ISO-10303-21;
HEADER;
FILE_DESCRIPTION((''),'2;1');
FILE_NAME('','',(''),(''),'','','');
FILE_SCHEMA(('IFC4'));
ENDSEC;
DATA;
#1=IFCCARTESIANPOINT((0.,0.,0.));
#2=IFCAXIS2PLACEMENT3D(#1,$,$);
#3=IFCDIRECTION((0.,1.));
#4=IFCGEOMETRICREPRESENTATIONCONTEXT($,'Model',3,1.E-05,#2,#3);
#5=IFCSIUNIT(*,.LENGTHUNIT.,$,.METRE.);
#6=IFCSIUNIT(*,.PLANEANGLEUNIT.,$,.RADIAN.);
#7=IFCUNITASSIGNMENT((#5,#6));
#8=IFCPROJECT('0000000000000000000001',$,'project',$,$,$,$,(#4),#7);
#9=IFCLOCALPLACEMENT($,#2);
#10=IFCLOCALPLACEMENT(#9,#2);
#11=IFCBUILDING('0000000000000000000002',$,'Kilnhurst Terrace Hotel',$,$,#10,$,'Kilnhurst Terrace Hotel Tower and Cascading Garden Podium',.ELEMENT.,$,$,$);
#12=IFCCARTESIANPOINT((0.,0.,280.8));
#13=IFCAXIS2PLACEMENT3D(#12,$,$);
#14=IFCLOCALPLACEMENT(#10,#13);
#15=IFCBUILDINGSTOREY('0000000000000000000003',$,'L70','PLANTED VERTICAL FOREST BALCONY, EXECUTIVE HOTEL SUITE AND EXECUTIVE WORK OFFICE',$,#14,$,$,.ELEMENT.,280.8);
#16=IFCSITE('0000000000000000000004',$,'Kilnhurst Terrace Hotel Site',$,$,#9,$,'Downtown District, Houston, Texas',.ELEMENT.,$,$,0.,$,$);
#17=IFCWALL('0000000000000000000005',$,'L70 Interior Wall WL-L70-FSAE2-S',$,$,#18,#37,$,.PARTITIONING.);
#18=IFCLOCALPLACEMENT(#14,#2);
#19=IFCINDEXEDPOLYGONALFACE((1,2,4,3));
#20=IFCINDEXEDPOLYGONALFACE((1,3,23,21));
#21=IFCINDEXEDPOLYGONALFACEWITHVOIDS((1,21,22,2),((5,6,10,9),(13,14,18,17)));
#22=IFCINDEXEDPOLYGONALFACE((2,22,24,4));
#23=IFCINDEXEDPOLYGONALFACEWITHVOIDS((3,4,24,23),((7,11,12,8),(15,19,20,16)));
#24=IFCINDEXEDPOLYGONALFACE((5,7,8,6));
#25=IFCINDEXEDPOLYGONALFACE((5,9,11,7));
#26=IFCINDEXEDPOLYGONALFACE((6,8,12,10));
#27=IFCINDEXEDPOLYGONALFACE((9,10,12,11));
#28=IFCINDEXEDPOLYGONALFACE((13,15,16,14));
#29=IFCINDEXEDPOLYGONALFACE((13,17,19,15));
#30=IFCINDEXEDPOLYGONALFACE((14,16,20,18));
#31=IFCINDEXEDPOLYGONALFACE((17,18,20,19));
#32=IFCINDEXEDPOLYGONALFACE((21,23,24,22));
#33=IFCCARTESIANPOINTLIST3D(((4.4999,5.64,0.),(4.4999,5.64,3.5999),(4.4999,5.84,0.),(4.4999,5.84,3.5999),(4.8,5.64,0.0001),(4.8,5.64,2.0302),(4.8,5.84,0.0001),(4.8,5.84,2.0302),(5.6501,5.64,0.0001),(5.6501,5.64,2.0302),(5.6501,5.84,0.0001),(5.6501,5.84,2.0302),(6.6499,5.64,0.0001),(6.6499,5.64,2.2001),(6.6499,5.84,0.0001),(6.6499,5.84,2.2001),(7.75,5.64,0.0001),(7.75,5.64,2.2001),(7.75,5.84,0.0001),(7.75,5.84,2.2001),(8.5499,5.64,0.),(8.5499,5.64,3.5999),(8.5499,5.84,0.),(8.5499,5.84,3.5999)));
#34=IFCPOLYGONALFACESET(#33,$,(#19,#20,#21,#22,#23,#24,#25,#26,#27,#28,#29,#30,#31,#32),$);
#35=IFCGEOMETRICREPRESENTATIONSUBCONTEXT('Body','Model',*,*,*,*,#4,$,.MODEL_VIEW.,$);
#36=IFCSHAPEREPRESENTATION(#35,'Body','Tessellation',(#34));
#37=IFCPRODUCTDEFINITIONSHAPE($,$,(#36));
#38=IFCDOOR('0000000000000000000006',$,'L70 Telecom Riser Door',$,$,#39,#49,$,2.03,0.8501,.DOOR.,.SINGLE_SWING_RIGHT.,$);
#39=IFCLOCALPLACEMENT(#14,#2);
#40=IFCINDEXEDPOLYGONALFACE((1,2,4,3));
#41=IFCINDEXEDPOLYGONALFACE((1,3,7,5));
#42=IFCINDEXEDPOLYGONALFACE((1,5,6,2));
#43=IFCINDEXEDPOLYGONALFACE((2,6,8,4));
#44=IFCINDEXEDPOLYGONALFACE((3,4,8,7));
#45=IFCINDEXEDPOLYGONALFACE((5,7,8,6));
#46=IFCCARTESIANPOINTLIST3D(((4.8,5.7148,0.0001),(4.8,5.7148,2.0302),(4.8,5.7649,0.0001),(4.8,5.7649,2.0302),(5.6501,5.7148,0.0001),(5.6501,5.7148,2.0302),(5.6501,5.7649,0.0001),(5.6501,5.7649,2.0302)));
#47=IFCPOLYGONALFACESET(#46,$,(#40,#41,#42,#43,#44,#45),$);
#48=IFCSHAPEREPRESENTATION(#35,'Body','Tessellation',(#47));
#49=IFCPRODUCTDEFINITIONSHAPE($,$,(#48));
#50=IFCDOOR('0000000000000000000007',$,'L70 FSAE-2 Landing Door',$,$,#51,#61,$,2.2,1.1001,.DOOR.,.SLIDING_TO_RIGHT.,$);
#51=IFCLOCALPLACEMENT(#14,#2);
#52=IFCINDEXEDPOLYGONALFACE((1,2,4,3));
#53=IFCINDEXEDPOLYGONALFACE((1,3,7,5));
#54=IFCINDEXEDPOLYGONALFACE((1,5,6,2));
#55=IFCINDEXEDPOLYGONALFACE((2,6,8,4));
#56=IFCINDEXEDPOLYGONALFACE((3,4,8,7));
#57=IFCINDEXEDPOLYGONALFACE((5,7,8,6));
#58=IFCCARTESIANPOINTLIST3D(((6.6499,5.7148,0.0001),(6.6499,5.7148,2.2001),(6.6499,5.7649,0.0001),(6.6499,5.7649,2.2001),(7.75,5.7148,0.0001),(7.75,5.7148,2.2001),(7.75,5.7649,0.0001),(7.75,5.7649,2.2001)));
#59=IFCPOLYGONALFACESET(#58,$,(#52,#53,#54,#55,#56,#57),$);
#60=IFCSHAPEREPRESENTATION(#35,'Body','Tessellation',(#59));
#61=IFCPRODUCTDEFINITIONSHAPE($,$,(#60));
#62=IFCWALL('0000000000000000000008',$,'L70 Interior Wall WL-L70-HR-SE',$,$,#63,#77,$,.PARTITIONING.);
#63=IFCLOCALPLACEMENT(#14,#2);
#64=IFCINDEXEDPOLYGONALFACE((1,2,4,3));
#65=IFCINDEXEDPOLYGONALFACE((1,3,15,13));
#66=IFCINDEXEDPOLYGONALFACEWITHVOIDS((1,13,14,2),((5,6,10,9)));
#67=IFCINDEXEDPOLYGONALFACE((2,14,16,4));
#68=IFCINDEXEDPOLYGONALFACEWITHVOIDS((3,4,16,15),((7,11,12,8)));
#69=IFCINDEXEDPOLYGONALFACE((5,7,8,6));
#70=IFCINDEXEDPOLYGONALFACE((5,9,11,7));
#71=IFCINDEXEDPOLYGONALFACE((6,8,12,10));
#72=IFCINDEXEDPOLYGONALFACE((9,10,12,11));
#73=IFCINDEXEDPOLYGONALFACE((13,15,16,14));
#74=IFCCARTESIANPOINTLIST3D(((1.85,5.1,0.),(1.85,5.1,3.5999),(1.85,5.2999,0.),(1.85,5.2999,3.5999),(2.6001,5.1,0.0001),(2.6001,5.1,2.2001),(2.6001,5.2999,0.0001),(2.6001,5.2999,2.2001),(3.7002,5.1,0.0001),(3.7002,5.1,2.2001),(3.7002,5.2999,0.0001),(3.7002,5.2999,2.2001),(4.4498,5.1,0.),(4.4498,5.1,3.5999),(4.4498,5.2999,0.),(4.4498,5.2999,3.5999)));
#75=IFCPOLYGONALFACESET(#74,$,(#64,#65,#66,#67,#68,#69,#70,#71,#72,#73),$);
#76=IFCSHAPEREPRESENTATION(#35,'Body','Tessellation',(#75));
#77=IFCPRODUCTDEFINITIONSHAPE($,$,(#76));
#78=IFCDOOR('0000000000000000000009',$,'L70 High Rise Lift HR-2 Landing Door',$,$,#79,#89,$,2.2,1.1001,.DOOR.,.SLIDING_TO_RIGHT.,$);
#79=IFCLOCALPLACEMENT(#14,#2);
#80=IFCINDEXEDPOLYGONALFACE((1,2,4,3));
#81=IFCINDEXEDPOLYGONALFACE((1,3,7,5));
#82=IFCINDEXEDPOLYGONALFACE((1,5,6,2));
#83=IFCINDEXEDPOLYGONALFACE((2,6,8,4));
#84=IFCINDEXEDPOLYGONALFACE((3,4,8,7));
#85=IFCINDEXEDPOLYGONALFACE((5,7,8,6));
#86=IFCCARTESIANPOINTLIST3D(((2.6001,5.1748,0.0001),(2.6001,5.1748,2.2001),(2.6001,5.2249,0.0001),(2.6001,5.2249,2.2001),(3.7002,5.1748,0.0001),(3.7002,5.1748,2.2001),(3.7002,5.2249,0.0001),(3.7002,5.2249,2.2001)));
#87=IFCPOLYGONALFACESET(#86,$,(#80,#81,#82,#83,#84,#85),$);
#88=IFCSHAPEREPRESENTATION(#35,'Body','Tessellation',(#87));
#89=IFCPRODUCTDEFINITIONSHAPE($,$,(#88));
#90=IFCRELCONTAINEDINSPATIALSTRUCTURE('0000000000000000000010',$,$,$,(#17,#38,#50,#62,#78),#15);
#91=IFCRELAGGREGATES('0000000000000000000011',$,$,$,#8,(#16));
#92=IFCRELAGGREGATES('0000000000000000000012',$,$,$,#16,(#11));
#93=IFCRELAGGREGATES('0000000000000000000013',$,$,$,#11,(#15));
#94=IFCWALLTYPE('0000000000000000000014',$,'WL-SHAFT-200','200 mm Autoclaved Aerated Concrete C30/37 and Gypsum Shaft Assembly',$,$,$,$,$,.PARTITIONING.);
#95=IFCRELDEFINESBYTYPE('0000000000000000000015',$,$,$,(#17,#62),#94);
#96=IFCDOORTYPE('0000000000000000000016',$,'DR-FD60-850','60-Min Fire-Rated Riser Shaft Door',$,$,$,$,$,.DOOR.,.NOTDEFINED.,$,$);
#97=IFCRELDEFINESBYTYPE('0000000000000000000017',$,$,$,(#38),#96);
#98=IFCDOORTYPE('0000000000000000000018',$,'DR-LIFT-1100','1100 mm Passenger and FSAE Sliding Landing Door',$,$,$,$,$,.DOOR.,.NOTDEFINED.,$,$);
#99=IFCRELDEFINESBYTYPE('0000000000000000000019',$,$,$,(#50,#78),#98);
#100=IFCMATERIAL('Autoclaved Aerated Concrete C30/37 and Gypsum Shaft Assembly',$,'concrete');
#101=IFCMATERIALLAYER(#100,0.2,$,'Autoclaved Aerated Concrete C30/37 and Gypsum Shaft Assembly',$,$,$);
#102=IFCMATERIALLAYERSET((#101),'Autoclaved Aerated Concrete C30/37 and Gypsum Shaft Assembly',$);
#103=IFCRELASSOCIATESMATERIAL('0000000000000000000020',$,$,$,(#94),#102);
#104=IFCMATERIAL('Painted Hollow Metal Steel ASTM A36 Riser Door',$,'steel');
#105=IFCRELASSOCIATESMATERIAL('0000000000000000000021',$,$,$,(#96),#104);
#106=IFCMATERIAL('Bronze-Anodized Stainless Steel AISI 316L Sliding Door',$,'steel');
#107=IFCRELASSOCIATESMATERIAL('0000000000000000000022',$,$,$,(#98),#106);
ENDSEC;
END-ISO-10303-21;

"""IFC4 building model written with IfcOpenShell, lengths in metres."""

from ifc_helpers import new_model, si_unit, direction, frame, frame_2d, origin, place, context, subcontext, project, spatial, rectangle, extrude, material, layer, layer_set, type_object, element, fill, save


model = new_model("IFC4")

# Units and contexts
model_context = context("Model", 3, precision=1e-05, world=origin(), true_north=direction((0.0, 1.0)))
body_context = subcontext(model_context, "Body", "Model", "MODEL_VIEW")
ifc_project = project(units=[si_unit("LENGTHUNIT", "METRE"), si_unit("PLANEANGLEUNIT", "RADIAN")], contexts=[model_context])

# Site, building, storey
site_placement = place(None, origin())
site = spatial("IfcSite", under=ifc_project, at=site_placement, Name="Kilnhurst Terrace Hotel Site", LongName="Downtown District, Houston, Texas", CompositionType="ELEMENT", RefElevation=0.0)
building_placement = place(site_placement, origin())
building = spatial("IfcBuilding", under=site, at=building_placement, Name="Kilnhurst Terrace Hotel", LongName="Kilnhurst Terrace Hotel Tower and Cascading Garden Podium", CompositionType="ELEMENT")
storey_placement = place(building_placement, frame((0.0, 0.0, 280.8)))
storey = spatial("IfcBuildingStorey", under=building, at=storey_placement, Name="L70", Description="PLANTED VERTICAL FOREST BALCONY, EXECUTIVE HOTEL SUITE AND EXECUTIVE WORK OFFICE", CompositionType="ELEMENT", Elevation=280.8)

# Wall, openings, doors
ifc_material_1 = material(Name="Autoclaved Aerated Concrete C30/37 and Gypsum Shaft Assembly", Category="concrete")
ifc_layer_1 = layer(ifc_material_1, 0.2, Name="Autoclaved Aerated Concrete C30/37 and Gypsum Shaft Assembly")
ifc_layer_set_1 = layer_set([ifc_layer_1], Name="Autoclaved Aerated Concrete C30/37 and Gypsum Shaft Assembly")
wall_type_1 = type_object("IfcWallType", Name="WL-SHAFT-200", Description="200 mm Autoclaved Aerated Concrete C30/37 and Gypsum Shaft Assembly", PredefinedType="PARTITIONING", material=ifc_layer_set_1)
wall_1_placement = place(storey_placement, frame((4.5, 5.74, 0.0), z_axis=(0.0, 0.0, 1.0), x_axis=(1.0, 0.0, 0.0)))
wall_1 = element("IfcWall", 1, at=wall_1_placement, inside=storey, type_object=wall_type_1, Name="L70 Interior Wall WL-L70-FSAE2-S", PredefinedType="PARTITIONING", context=body_context, shape_type="SweptSolid", body=[
    extrude(rectangle(XDim=4.05, YDim=0.2, at=frame_2d((2.0249, 0.0))), origin(), (0.0, 0.0, 1.0), 3.5999),
])
opening_1_placement = place(wall_1_placement, frame((0.3, 0.0, 0.0)))
opening_1 = element("IfcOpeningElement", 2, at=opening_1_placement, cuts=wall_1, PredefinedType="OPENING", context=body_context, shape_type="SweptSolid", body=[
    extrude(rectangle(XDim=0.8501, YDim=2.03, at=frame_2d((0.425, 1.0151))), frame((0.0, 0.1099, 0.0), z_axis=(0.0, -1.0, 0.0), x_axis=(1.0, 0.0, 0.0)), (0.0, 0.0, 1.0), 0.22),
])
opening_2_placement = place(wall_1_placement, frame((2.1499, 0.0, 0.0)))
opening_2 = element("IfcOpeningElement", 3, at=opening_2_placement, cuts=wall_1, PredefinedType="OPENING", context=body_context, shape_type="SweptSolid", body=[
    extrude(rectangle(XDim=1.1001, YDim=2.2, at=frame_2d((0.55, 1.1001))), frame((0.0, 0.1099, 0.0), z_axis=(0.0, -1.0, 0.0), x_axis=(1.0, 0.0, 0.0)), (0.0, 0.0, 1.0), 0.22),
])
ifc_material_2 = material(Name="Painted Hollow Metal Steel ASTM A36 Riser Door", Category="steel")
door_type_1 = type_object("IfcDoorType", Name="DR-FD60-850", Description="60-Min Fire-Rated Riser Shaft Door", OperationType="NOTDEFINED", PredefinedType="DOOR", material=ifc_material_2)
door_1_placement = place(opening_1_placement, origin())
door_1 = element("IfcDoor", 4, at=door_1_placement, inside=storey, type_object=door_type_1, Name="L70 Telecom Riser Door", OperationType="SINGLE_SWING_RIGHT", OverallHeight=2.03, OverallWidth=0.8501, PredefinedType="DOOR", context=body_context, shape_type="SweptSolid", body=[
    extrude(rectangle(XDim=0.8501, YDim=2.03, at=frame_2d((0.425, 1.0151))), frame((0.0, 0.0249, 0.0), z_axis=(0.0, -1.0, 0.0), x_axis=(1.0, 0.0, 0.0)), (0.0, 0.0, 1.0), 0.05),
])
fill(opening_1, door_1)
ifc_material_3 = material(Name="Bronze-Anodized Stainless Steel AISI 316L Sliding Door", Category="steel")
door_type_2 = type_object("IfcDoorType", Name="DR-LIFT-1100", Description="1100 mm Passenger and FSAE Sliding Landing Door", OperationType="NOTDEFINED", PredefinedType="DOOR", material=ifc_material_3)
door_2_placement = place(opening_2_placement, origin())
door_2 = element("IfcDoor", 5, at=door_2_placement, inside=storey, type_object=door_type_2, Name="L70 FSAE-2 Landing Door", OperationType="SLIDING_TO_RIGHT", OverallHeight=2.2, OverallWidth=1.1001, PredefinedType="DOOR", context=body_context, shape_type="SweptSolid", body=[
    extrude(rectangle(XDim=1.1001, YDim=2.2, at=frame_2d((0.55, 1.1001))), frame((0.0, 0.0249, 0.0), z_axis=(0.0, -1.0, 0.0), x_axis=(1.0, 0.0, 0.0)), (0.0, 0.0, 1.0), 0.05),
])
fill(opening_2, door_2)

# Wall, opening, door
wall_2_placement = place(storey_placement, frame((1.8501, 5.2, 0.0), z_axis=(0.0, 0.0, 1.0), x_axis=(1.0, 0.0, 0.0)))
wall_2 = element("IfcWall", 6, at=wall_2_placement, inside=storey, type_object=wall_type_1, Name="L70 Interior Wall WL-L70-HR-SE", PredefinedType="PARTITIONING", context=body_context, shape_type="SweptSolid", body=[
    extrude(rectangle(XDim=2.5999, YDim=0.2, at=frame_2d((1.2998, 0.0))), origin(), (0.0, 0.0, 1.0), 3.5999),
])
opening_3_placement = place(wall_2_placement, frame((0.75, 0.0, 0.0)))
opening_3 = element("IfcOpeningElement", 7, at=opening_3_placement, cuts=wall_2, PredefinedType="OPENING", context=body_context, shape_type="SweptSolid", body=[
    extrude(rectangle(XDim=1.1001, YDim=2.2, at=frame_2d((0.55, 1.1001))), frame((0.0, 0.1099, 0.0), z_axis=(0.0, -1.0, 0.0), x_axis=(1.0, 0.0, 0.0)), (0.0, 0.0, 1.0), 0.22),
])
door_3_placement = place(opening_3_placement, origin())
door_3 = element("IfcDoor", 8, at=door_3_placement, inside=storey, type_object=door_type_2, Name="L70 High Rise Lift HR-2 Landing Door", OperationType="SLIDING_TO_RIGHT", OverallHeight=2.2, OverallWidth=1.1001, PredefinedType="DOOR", context=body_context, shape_type="SweptSolid", body=[
    extrude(rectangle(XDim=1.1001, YDim=2.2, at=frame_2d((0.55, 1.1001))), frame((0.0, 0.0249, 0.0), z_axis=(0.0, -1.0, 0.0), x_axis=(1.0, 0.0, 0.0)), (0.0, 0.0, 1.0), 0.05),
])
fill(opening_3, door_3)

save(model, "model.ifc")
